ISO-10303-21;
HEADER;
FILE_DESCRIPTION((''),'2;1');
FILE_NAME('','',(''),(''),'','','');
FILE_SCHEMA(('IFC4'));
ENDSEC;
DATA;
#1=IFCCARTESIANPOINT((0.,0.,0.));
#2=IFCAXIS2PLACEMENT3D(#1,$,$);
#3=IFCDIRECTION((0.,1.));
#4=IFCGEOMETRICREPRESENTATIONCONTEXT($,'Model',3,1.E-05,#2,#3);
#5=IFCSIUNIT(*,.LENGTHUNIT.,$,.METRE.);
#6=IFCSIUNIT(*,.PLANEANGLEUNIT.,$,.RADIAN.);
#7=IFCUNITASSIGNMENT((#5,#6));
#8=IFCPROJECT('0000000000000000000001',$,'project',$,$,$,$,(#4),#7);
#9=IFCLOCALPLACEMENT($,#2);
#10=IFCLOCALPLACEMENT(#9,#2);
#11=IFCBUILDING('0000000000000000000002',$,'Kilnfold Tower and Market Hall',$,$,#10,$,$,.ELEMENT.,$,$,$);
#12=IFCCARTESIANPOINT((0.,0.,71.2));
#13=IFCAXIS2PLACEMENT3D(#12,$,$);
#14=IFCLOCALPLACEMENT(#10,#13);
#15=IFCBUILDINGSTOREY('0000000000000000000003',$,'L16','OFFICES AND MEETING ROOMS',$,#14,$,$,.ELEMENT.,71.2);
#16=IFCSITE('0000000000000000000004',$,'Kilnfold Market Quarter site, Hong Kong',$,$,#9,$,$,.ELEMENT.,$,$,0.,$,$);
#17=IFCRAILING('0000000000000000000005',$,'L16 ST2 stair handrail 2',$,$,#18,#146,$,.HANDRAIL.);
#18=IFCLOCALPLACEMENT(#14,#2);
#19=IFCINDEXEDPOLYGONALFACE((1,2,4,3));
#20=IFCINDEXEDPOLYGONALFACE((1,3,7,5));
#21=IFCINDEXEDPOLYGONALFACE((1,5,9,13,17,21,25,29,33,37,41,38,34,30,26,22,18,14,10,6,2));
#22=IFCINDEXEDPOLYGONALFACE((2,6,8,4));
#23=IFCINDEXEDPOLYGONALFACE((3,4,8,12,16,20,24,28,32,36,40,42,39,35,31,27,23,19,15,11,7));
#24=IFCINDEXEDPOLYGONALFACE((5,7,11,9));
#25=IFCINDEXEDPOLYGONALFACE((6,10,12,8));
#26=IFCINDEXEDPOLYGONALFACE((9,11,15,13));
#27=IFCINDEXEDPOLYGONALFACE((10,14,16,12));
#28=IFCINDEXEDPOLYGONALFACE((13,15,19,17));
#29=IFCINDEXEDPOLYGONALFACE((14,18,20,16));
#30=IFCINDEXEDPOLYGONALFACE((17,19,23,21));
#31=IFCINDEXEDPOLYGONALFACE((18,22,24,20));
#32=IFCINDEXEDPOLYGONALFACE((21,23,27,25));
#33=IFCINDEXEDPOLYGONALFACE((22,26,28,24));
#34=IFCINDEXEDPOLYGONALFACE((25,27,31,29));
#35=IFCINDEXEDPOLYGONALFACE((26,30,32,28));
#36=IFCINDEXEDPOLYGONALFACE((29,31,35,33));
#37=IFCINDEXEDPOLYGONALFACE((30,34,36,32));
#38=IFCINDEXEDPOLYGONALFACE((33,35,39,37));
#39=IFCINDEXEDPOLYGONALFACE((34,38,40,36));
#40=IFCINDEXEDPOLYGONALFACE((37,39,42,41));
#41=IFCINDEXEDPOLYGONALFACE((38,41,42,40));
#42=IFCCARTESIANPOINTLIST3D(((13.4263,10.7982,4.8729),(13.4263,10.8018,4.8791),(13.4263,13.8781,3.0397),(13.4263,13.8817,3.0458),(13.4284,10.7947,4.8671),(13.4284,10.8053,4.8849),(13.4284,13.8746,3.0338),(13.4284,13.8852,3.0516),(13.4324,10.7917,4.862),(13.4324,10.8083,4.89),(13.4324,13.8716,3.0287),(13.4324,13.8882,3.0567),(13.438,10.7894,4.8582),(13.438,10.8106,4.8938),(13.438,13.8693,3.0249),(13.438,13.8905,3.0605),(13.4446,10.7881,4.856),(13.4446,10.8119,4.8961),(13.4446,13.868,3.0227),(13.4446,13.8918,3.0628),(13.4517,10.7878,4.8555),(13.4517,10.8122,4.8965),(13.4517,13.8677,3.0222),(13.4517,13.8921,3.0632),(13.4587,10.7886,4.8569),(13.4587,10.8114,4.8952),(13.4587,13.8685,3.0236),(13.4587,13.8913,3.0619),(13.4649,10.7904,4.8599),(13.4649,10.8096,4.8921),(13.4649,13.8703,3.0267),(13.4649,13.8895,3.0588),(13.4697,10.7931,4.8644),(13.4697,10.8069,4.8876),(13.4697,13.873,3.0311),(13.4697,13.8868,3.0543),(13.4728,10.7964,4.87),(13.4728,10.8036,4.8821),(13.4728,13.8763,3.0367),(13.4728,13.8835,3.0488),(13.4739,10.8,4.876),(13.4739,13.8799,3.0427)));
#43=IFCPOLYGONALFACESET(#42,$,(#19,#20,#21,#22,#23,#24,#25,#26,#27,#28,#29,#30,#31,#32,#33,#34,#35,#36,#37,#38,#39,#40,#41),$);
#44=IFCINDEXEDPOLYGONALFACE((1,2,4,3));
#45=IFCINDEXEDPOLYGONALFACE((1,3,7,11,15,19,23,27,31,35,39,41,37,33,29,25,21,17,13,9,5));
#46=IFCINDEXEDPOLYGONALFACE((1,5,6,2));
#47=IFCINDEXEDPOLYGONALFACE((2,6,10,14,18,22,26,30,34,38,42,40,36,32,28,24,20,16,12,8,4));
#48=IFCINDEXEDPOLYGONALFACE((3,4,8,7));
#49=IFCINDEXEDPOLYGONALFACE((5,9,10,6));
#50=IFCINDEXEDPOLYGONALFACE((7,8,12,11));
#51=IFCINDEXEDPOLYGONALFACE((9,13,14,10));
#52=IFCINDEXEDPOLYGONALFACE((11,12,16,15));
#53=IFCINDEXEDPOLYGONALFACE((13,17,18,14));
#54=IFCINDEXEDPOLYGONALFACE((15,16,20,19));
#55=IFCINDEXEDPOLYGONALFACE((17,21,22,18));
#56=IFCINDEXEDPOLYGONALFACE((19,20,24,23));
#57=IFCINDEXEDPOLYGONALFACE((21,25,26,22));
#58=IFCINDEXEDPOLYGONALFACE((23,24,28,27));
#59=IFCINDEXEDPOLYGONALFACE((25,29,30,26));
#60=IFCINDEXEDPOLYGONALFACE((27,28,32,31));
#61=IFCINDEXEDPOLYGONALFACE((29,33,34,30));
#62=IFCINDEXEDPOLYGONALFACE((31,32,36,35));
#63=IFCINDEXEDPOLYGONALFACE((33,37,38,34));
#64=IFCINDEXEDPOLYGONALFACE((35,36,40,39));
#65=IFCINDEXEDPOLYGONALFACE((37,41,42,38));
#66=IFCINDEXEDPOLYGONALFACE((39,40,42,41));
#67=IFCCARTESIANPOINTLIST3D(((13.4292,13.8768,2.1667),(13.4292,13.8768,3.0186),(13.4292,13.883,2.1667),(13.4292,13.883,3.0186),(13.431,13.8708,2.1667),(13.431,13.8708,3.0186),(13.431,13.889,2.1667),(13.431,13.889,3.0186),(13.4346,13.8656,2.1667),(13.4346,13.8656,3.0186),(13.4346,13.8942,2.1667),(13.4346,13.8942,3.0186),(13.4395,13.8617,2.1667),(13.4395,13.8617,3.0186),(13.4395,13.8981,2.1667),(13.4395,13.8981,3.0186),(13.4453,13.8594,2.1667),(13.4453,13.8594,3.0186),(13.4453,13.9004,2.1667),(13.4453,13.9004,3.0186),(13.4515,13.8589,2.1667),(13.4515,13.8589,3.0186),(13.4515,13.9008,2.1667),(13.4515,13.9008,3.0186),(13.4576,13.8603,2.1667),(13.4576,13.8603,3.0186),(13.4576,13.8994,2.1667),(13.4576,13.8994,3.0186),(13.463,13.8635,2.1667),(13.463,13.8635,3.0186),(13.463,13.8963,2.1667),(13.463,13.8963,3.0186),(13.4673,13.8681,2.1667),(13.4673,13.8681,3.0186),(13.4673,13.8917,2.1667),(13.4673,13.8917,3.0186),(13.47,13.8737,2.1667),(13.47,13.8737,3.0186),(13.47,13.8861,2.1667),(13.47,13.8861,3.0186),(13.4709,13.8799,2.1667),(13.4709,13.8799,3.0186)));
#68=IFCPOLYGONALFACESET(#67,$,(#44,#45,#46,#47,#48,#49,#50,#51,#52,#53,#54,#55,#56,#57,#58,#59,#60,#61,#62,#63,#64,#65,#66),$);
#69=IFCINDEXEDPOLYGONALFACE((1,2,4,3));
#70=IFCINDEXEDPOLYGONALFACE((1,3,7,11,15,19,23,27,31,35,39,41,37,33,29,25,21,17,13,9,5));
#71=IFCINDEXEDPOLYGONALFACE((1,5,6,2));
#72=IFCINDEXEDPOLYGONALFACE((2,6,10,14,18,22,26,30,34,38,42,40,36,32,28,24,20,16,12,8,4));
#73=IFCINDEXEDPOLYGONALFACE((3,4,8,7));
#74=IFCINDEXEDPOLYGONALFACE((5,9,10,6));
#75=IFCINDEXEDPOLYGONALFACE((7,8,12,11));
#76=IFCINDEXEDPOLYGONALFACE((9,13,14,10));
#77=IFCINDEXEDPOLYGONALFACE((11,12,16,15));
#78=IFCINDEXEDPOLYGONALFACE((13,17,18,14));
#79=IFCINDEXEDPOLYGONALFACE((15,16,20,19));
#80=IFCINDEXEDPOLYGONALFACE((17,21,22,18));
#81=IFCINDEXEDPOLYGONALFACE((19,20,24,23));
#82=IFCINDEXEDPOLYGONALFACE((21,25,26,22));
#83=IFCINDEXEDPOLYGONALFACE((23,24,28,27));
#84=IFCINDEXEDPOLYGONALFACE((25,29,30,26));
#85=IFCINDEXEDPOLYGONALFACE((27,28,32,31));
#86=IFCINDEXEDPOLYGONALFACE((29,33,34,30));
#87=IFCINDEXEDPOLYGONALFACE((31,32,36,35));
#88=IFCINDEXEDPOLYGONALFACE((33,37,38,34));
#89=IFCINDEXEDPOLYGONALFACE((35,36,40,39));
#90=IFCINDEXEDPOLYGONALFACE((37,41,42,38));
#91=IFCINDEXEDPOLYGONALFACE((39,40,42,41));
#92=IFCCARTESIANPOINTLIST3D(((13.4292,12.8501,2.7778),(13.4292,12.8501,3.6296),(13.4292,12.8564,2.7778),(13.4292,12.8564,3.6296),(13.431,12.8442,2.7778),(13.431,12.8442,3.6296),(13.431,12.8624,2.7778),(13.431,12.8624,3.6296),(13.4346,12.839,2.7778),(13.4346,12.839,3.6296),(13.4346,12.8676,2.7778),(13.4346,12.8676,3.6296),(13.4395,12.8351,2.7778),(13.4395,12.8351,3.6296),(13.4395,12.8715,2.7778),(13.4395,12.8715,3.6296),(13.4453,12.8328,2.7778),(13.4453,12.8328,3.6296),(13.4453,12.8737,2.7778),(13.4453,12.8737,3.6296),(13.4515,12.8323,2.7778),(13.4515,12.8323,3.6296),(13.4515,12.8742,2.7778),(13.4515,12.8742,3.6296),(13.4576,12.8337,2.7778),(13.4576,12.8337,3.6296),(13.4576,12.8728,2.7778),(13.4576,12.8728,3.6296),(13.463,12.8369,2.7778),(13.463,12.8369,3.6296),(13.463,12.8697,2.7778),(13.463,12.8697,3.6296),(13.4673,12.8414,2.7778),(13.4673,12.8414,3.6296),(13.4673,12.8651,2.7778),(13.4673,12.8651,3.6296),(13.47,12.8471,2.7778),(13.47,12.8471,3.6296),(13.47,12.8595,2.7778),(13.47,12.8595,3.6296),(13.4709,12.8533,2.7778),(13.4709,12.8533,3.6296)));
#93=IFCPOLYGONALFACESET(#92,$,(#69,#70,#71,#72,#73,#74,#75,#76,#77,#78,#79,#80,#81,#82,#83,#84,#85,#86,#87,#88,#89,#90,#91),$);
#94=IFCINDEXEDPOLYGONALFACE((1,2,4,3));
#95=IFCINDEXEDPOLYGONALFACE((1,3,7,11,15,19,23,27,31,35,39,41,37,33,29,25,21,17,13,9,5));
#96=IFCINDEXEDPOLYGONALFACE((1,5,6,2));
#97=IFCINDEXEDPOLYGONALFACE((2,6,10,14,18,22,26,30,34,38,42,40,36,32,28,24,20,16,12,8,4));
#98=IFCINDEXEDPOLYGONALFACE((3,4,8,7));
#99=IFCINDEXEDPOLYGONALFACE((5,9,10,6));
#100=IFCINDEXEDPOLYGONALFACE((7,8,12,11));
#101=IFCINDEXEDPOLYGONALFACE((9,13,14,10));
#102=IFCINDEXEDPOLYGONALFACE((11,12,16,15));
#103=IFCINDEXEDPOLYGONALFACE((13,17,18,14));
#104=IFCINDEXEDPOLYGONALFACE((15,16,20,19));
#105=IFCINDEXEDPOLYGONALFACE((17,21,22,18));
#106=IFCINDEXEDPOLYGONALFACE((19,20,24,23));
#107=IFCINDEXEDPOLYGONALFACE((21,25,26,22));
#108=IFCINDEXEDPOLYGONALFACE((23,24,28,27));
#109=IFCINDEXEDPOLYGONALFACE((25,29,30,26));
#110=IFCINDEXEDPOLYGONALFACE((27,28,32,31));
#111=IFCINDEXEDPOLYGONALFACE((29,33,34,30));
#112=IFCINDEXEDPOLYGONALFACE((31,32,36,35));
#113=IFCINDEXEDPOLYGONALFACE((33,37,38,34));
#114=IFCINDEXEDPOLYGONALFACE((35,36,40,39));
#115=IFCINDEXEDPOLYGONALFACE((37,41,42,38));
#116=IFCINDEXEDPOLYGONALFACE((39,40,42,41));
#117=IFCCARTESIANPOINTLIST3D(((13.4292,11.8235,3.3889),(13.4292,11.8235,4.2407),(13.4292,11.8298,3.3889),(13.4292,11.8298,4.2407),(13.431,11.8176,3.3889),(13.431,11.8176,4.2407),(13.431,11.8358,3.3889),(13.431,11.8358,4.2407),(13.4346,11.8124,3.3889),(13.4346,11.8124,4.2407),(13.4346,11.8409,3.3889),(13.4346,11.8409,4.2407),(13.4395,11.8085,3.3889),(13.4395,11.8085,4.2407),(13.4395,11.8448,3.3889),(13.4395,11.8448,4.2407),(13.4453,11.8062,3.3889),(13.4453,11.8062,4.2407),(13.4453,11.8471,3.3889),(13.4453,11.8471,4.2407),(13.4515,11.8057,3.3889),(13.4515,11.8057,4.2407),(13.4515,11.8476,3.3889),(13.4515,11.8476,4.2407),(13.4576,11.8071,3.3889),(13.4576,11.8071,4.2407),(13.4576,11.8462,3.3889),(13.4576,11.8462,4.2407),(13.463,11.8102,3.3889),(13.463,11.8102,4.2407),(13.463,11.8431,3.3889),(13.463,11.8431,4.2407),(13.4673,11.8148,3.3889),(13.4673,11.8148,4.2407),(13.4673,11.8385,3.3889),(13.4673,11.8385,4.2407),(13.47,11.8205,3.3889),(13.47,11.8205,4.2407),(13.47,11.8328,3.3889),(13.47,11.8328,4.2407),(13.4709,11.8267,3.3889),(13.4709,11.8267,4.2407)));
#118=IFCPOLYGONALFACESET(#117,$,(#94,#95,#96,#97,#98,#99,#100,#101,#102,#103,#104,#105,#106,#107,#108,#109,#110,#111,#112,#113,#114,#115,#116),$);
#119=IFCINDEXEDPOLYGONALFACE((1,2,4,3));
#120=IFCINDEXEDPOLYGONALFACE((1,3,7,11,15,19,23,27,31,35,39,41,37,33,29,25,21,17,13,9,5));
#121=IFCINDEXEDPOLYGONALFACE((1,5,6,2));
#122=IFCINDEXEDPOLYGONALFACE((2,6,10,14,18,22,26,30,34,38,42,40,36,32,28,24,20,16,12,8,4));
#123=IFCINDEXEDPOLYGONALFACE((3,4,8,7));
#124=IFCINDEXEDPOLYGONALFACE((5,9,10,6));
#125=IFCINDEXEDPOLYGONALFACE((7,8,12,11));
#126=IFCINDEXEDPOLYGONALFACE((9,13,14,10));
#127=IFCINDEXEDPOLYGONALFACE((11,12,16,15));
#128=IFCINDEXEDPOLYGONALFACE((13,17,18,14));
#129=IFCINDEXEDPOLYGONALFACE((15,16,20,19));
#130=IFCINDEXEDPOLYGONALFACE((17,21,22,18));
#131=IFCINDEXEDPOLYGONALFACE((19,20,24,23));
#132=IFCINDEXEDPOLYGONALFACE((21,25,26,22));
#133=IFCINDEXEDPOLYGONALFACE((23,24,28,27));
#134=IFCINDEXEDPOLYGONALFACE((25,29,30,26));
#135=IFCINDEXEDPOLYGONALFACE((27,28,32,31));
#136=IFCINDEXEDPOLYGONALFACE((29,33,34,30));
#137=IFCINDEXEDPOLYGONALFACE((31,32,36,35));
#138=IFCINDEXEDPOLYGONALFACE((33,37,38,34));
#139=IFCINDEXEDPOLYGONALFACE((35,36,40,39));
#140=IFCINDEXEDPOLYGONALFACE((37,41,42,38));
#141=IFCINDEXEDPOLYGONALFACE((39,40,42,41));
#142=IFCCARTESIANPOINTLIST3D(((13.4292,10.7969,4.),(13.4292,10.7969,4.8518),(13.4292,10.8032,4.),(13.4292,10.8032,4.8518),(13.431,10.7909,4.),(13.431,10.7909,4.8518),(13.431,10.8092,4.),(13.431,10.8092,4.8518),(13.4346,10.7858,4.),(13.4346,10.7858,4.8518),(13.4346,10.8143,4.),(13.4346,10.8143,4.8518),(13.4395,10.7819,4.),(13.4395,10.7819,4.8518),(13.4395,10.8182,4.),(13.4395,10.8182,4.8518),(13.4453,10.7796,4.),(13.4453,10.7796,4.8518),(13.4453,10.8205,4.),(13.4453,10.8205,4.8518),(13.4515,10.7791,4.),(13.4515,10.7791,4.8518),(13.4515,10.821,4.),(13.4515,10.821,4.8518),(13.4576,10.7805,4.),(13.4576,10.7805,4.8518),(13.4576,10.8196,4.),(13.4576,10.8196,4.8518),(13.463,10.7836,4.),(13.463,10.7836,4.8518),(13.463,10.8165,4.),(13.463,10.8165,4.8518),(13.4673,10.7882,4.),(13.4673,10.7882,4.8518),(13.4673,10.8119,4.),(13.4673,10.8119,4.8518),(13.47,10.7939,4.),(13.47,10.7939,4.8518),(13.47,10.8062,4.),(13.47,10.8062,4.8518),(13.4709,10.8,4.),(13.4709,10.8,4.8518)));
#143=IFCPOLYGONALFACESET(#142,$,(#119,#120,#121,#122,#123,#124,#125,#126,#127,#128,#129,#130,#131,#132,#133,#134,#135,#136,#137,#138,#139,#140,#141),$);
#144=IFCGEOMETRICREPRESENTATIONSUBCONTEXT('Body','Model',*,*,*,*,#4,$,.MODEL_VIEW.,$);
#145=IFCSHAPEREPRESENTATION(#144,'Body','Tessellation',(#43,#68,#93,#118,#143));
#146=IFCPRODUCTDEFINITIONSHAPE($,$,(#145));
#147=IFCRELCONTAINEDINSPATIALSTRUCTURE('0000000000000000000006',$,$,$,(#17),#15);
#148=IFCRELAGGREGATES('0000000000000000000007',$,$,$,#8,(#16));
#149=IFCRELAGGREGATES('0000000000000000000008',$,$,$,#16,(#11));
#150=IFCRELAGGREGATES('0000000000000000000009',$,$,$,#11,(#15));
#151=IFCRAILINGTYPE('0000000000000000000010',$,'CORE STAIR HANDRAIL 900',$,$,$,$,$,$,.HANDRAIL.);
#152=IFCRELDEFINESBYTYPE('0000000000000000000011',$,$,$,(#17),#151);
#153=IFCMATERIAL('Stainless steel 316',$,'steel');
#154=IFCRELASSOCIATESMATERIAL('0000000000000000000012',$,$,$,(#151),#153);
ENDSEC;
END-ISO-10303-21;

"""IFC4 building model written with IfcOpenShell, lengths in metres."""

from ifc_helpers import new_model, si_unit, direction, frame, origin, origin_2d, place, context, subcontext, project, spatial, circle, extrude, material, type_object, element, save


model = new_model("IFC4")

# Units and contexts
model_context = context("Model", 3, precision=1e-05, world=origin(), true_north=direction((0.0, 1.0)))
body_context = subcontext(model_context, "Body", "Model", "MODEL_VIEW")
ifc_project = project(units=[si_unit("LENGTHUNIT", "METRE"), si_unit("PLANEANGLEUNIT", "RADIAN")], contexts=[model_context])

# Site, building, storey
site_placement = place(None, origin())
site = spatial("IfcSite", under=ifc_project, at=site_placement, Name="Kilnfold Market Quarter site, Hong Kong", CompositionType="ELEMENT", RefElevation=0.0)
building_placement = place(site_placement, origin())
building = spatial("IfcBuilding", under=site, at=building_placement, Name="Kilnfold Tower and Market Hall", CompositionType="ELEMENT")
storey_placement = place(building_placement, frame((0.0, 0.0, 71.2)))
storey = spatial("IfcBuildingStorey", under=building, at=storey_placement, Name="L16", Description="OFFICES AND MEETING ROOMS", CompositionType="ELEMENT", Elevation=71.2)

# Railing
ifc_material_1 = material(Name="Stainless steel 316", Category="steel")
railing_type_1 = type_object("IfcRailingType", Name="CORE STAIR HANDRAIL 900", PredefinedType="HANDRAIL", material=ifc_material_1)
railing_1_placement = place(storey_placement, frame((13.45, 13.8799, 2.1667)))
element("IfcRailing", 1, at=railing_1_placement, inside=storey, type_object=railing_type_1, Name="L16 ST2 stair handrail 2", PredefinedType="HANDRAIL", context=body_context, shape_type="SweptSolid", body=[
    extrude(circle(Radius=0.0239, at=origin_2d()), frame((0.0, 0.0, 0.876), z_axis=(0.0, -0.859291, 0.511487), x_axis=(1.0, 0.0, 0.0)), (0.0, 0.0, 1.0), 3.5842),
    extrude(circle(Radius=0.021, at=origin_2d()), origin(), (0.0, 0.0, 1.0), 0.8518),
    extrude(circle(Radius=0.021, at=origin_2d()), frame((0.0, -1.0266, 0.6111)), (0.0, 0.0, 1.0), 0.8518),
    extrude(circle(Radius=0.021, at=origin_2d()), frame((0.0, -2.0532, 1.2222)), (0.0, 0.0, 1.0), 0.8518),
    extrude(circle(Radius=0.021, at=origin_2d()), frame((0.0, -3.0798, 1.8333)), (0.0, 0.0, 1.0), 0.8518),
])

save(model, "model.ifc")
